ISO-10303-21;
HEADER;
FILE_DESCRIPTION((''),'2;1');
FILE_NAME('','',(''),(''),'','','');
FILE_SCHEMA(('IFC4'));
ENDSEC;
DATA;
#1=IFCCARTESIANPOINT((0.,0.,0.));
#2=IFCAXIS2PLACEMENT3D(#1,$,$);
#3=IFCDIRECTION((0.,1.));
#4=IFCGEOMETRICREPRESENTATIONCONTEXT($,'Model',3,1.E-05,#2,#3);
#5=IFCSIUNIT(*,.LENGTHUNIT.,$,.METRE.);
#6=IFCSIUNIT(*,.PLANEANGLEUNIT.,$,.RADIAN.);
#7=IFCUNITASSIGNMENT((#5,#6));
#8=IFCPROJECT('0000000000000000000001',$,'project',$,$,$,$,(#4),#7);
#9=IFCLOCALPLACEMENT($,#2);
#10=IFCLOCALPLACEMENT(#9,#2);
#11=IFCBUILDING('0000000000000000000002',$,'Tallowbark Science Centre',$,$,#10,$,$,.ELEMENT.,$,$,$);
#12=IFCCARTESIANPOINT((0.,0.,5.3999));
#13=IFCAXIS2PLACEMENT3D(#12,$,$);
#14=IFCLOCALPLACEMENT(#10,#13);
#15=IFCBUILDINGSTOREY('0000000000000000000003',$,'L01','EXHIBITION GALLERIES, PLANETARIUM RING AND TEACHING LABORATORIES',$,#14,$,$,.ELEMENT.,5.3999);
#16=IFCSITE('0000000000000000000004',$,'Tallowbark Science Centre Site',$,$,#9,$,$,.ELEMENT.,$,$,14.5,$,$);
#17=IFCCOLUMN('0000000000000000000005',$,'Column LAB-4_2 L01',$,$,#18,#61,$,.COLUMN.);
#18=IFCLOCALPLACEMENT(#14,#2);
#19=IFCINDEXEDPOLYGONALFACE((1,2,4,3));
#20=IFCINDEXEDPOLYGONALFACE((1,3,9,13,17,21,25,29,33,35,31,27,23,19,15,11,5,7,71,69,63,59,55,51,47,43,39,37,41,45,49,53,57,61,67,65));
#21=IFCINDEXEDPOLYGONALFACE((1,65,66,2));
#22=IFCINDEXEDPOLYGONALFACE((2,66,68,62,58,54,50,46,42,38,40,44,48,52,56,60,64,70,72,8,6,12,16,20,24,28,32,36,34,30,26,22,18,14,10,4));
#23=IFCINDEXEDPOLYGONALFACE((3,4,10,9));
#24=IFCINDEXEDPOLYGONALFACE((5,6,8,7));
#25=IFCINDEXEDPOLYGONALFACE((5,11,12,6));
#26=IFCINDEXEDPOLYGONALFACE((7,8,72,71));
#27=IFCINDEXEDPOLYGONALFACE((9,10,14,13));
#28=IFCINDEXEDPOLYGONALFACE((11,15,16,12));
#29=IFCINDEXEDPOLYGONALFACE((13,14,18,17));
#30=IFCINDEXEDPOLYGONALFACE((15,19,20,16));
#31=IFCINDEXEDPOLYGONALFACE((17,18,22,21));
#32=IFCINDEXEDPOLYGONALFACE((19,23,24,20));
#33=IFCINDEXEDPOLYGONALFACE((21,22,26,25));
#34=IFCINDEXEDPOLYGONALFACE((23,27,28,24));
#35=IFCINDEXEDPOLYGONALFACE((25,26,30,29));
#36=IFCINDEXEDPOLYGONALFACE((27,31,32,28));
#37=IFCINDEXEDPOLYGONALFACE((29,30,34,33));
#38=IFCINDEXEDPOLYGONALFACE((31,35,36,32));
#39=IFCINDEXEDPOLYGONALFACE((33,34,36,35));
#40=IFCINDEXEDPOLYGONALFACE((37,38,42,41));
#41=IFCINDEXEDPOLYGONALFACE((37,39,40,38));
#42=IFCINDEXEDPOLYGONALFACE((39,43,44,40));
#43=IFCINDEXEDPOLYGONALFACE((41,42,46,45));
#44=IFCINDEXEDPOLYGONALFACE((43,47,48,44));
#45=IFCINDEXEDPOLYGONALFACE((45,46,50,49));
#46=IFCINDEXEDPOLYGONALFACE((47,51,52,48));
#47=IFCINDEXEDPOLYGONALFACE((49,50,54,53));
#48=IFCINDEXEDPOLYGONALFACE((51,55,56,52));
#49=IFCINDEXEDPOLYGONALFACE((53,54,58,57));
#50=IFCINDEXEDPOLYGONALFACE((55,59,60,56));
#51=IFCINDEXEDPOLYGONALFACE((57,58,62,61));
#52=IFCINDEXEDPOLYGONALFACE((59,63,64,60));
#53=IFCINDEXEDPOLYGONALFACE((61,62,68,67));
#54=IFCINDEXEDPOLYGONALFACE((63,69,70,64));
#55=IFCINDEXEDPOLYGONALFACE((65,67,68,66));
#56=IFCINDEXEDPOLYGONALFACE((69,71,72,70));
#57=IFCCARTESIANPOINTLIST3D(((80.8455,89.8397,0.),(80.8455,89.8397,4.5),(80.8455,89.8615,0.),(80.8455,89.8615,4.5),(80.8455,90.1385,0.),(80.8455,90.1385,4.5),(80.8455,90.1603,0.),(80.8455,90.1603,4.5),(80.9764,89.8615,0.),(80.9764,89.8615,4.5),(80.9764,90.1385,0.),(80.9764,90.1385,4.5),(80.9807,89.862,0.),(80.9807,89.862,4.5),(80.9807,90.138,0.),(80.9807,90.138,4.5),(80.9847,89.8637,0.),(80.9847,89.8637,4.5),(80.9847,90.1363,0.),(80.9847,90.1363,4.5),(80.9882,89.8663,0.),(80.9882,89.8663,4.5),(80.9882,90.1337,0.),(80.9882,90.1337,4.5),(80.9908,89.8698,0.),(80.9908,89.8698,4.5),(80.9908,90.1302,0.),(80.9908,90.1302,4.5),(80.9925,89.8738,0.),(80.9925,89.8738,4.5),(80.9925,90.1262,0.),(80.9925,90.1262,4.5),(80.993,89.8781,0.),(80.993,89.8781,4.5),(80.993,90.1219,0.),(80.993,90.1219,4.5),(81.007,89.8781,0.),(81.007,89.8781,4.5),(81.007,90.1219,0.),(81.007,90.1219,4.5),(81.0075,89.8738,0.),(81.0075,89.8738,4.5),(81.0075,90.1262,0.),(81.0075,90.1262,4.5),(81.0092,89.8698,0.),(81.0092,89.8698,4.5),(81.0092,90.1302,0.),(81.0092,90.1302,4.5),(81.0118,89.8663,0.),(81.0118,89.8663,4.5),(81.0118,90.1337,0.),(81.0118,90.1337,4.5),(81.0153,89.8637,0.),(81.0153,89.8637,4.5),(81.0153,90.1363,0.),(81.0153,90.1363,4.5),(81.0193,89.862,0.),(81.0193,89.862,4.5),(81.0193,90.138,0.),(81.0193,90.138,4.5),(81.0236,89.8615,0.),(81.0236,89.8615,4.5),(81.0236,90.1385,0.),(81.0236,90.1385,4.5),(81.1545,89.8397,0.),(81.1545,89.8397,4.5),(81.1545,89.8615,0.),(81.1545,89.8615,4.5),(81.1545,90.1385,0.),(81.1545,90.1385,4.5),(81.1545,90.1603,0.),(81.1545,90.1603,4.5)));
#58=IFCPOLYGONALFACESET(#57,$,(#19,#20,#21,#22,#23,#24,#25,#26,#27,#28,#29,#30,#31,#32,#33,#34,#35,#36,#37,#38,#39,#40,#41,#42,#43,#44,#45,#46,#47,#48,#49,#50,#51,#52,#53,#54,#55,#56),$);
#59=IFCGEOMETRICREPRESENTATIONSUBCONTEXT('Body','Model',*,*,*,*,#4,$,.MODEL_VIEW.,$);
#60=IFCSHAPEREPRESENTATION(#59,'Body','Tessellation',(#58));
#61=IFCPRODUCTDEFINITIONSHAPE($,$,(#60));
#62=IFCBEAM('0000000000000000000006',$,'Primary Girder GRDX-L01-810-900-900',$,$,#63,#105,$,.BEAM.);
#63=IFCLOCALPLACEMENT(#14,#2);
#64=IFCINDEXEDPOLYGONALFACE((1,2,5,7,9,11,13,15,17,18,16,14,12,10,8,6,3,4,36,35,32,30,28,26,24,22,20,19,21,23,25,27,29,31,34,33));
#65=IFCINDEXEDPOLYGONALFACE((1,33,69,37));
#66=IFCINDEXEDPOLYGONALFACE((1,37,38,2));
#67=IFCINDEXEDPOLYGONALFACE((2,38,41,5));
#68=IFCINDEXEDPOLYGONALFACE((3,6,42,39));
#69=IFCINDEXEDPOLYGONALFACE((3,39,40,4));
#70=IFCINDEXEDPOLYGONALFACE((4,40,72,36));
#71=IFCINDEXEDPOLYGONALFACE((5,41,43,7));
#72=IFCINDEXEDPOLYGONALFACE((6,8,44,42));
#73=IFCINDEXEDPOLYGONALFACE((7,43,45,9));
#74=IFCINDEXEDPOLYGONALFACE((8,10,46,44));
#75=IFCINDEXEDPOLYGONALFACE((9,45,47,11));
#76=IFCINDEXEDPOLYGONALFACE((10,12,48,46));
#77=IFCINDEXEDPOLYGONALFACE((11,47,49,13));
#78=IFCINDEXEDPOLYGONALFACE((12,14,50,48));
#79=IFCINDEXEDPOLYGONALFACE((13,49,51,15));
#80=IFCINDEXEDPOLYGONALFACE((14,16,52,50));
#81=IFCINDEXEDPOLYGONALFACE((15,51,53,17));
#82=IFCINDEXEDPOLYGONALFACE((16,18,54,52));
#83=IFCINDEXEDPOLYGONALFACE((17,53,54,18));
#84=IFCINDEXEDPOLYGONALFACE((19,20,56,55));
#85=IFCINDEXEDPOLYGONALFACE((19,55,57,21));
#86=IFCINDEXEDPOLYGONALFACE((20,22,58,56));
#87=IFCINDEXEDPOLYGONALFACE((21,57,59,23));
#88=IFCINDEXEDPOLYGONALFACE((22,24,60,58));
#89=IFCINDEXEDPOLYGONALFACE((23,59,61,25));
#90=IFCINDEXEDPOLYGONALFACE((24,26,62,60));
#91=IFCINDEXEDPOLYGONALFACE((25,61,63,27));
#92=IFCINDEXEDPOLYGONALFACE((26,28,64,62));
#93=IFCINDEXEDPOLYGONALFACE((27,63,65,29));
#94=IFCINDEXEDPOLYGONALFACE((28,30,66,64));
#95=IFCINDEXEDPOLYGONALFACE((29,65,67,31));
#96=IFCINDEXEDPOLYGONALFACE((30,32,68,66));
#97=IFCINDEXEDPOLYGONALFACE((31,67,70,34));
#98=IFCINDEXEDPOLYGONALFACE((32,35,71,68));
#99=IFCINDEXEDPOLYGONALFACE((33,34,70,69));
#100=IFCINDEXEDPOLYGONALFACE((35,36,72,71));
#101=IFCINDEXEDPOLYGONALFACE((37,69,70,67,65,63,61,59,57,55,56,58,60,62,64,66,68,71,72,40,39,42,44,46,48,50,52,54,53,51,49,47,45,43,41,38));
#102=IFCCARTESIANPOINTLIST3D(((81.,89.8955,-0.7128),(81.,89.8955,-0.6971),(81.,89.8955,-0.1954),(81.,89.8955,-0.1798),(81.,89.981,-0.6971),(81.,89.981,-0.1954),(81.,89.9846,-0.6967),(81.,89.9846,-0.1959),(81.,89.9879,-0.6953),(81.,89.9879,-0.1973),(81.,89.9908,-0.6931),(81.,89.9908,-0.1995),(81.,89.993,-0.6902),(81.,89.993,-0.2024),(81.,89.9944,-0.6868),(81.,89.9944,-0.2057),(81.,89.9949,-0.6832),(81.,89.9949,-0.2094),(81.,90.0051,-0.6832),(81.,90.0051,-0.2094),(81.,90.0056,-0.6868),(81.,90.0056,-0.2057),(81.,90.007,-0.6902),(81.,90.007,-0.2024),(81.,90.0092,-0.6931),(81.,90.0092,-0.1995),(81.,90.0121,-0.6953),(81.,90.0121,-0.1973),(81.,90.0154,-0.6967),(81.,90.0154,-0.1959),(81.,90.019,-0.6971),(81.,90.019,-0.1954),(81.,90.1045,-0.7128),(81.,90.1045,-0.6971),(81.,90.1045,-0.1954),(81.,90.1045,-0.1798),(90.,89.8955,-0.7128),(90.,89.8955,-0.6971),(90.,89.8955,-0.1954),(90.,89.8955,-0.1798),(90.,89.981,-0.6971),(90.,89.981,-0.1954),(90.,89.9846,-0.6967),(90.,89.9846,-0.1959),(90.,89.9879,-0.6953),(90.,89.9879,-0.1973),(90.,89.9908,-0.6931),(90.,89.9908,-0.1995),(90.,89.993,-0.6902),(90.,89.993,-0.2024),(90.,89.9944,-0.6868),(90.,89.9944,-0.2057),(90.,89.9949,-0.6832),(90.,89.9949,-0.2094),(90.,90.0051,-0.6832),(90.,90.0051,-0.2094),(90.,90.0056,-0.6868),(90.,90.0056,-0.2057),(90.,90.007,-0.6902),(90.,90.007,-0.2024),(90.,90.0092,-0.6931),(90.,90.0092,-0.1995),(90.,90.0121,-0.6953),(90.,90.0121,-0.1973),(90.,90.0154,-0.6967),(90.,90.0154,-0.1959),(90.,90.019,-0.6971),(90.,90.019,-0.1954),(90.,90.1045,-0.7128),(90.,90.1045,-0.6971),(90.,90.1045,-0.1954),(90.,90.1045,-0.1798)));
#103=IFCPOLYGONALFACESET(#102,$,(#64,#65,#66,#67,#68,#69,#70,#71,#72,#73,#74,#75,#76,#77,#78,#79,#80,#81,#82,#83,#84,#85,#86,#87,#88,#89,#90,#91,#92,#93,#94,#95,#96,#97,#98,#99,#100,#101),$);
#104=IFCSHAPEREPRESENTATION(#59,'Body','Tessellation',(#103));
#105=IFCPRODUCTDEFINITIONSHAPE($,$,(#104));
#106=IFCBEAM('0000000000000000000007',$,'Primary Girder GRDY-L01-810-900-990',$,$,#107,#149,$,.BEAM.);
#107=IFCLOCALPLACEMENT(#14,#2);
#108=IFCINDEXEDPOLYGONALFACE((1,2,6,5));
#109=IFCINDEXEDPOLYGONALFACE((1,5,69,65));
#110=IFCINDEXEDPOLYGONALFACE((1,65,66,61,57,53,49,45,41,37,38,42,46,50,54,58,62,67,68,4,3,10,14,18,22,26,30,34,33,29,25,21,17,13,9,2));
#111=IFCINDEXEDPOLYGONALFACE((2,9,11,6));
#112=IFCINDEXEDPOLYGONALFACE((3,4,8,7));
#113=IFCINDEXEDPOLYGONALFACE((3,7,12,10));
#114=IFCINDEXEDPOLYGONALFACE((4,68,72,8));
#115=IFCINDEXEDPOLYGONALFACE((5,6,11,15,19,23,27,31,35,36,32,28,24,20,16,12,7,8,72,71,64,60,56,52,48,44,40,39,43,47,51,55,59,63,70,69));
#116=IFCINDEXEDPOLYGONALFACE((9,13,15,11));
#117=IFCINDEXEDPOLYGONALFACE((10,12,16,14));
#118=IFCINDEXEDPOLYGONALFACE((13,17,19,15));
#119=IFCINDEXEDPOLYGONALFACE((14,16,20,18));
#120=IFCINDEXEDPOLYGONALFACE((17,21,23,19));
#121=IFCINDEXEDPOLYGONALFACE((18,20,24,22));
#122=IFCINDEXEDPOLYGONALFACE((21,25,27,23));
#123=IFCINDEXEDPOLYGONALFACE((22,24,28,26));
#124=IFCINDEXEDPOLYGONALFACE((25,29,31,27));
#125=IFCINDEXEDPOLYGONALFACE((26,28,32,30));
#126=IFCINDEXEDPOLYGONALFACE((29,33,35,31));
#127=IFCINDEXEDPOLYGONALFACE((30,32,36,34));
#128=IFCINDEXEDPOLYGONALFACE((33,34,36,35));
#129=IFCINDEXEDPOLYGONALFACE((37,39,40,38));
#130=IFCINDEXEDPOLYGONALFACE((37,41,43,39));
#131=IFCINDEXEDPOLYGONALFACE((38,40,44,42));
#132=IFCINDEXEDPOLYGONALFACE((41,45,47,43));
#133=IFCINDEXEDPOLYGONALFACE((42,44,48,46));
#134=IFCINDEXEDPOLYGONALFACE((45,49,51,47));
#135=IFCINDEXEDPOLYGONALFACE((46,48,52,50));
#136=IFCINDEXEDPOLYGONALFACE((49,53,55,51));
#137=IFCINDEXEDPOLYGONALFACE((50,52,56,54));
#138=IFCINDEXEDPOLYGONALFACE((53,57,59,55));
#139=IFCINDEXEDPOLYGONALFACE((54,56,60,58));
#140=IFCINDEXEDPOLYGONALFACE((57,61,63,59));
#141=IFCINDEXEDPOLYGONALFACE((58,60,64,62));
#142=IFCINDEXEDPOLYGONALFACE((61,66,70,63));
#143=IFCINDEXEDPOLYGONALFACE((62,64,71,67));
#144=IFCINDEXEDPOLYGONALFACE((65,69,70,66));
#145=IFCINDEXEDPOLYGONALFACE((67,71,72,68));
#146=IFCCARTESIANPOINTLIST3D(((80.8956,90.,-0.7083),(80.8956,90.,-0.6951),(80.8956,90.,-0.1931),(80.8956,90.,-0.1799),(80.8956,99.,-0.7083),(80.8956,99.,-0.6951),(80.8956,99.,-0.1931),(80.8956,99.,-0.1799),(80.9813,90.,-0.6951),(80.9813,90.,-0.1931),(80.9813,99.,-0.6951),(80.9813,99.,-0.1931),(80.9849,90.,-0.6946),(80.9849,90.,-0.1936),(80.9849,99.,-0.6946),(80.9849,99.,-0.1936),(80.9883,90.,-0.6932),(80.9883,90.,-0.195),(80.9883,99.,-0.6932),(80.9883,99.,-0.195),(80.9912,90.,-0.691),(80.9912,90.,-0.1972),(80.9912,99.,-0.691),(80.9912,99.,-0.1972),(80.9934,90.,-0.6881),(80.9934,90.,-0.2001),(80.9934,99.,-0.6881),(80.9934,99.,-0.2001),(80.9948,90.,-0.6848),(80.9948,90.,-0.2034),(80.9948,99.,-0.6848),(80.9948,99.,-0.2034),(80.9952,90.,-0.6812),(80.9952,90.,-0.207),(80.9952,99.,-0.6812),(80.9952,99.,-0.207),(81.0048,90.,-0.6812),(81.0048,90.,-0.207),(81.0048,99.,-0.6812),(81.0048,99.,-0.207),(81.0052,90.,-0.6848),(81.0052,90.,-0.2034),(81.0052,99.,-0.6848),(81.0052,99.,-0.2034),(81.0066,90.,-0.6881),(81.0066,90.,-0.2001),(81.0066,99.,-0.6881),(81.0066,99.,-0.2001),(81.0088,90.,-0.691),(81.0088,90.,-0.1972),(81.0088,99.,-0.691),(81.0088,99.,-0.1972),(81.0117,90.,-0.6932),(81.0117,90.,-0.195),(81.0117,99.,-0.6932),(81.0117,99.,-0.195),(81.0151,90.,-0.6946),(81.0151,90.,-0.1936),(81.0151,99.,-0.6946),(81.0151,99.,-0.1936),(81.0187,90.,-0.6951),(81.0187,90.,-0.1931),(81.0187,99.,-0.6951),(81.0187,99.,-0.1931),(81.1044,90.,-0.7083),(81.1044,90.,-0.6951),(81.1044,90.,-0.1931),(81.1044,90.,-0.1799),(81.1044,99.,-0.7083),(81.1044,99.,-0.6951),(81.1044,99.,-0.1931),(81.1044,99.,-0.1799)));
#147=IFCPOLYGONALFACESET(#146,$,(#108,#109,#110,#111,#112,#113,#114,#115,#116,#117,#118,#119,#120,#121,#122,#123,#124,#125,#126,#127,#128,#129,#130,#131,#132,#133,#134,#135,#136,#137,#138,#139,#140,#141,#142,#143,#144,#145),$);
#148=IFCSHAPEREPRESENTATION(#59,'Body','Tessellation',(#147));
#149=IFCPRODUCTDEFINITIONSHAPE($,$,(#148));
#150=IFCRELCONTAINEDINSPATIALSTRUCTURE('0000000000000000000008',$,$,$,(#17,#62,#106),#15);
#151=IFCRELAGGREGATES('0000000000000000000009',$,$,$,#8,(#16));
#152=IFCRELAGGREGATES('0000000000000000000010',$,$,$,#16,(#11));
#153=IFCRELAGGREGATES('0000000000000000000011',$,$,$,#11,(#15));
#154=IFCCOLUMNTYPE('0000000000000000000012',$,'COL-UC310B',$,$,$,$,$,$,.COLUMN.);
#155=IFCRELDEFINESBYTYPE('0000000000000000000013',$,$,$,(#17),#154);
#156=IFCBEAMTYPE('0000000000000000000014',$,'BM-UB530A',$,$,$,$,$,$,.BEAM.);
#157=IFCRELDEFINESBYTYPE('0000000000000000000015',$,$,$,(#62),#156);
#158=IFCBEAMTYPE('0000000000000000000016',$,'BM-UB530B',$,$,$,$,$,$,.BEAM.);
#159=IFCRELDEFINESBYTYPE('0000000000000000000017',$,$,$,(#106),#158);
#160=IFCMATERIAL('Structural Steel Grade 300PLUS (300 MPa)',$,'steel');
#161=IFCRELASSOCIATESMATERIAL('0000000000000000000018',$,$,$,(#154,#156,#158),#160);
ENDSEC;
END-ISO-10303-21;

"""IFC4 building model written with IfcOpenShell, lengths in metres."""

from ifc_helpers import new_model, si_unit, direction, frame, origin, origin_2d, place, context, subcontext, project, spatial, i_section, extrude, material, material_profile, profile_set, type_object, element, save


model = new_model("IFC4")

# Units and contexts
model_context = context("Model", 3, precision=1e-05, world=origin(), true_north=direction((0.0, 1.0)))
body_context = subcontext(model_context, "Body", "Model", "MODEL_VIEW")
ifc_project = project(units=[si_unit("LENGTHUNIT", "METRE"), si_unit("PLANEANGLEUNIT", "RADIAN")], contexts=[model_context])

# Site, building, storey
site_placement = place(None, origin())
site = spatial("IfcSite", under=ifc_project, at=site_placement, Name="Tallowbark Science Centre Site", CompositionType="ELEMENT", RefElevation=14.5)
building_placement = place(site_placement, origin())
building = spatial("IfcBuilding", under=site, at=building_placement, Name="Tallowbark Science Centre", CompositionType="ELEMENT")
storey_placement = place(building_placement, frame((0.0, 0.0, 5.3999)))
storey = spatial("IfcBuildingStorey", under=building, at=storey_placement, Name="L01", Description="EXHIBITION GALLERIES, PLANETARIUM RING AND TEACHING LABORATORIES", CompositionType="ELEMENT", Elevation=5.3999)

# Column
ifc_material_1 = material(Name="Structural Steel Grade 300PLUS (300 MPa)", Category="steel")
ifc_material_profile_1 = material_profile(ifc_material_1, i_section(OverallWidth=0.3091, OverallDepth=0.3206, WebThickness=0.0139, FlangeThickness=0.0217, FilletRadius=0.0166, at=origin_2d()), Name="310UC137")
ifc_profile_set_1 = profile_set([ifc_material_profile_1], Name="Structural Steel Grade 300PLUS (300 MPa)")
column_type = type_object("IfcColumnType", Name="COL-UC310B", PredefinedType="COLUMN", material=ifc_profile_set_1)
column_placement = place(storey_placement, frame((81.0, 90.0, 0.0), z_axis=(0.0, 0.0, 1.0), x_axis=(1.0, 0.0, 0.0)))
element("IfcColumn", 1, at=column_placement, inside=storey, type_object=column_type, Name="Column LAB-4_2 L01", PredefinedType="COLUMN", context=body_context, shape_type="SweptSolid", body=[
    extrude(i_section(OverallWidth=0.3091, OverallDepth=0.3206, WebThickness=0.0139, FlangeThickness=0.0217, FilletRadius=0.0166, at=origin_2d()), origin(), (0.0, 0.0, 1.0), 4.5),
])

# Beams
ifc_material_profile_2 = material_profile(ifc_material_1, i_section(OverallWidth=0.209, OverallDepth=0.533, WebThickness=0.0103, FlangeThickness=0.0156, FilletRadius=0.0139, at=origin_2d()), Name="530UB92.4")
ifc_profile_set_2 = profile_set([ifc_material_profile_2], Name="Structural Steel Grade 300PLUS (300 MPa)")
beam_type_1 = type_object("IfcBeamType", Name="BM-UB530A", PredefinedType="BEAM", material=ifc_profile_set_2)
beam_1_placement = place(storey_placement, frame((81.0, 90.0, -0.4463), z_axis=(1.0, 0.0, 0.0), x_axis=(0.0, 1.0, 0.0)))
element("IfcBeam", 2, at=beam_1_placement, inside=storey, type_object=beam_type_1, Name="Primary Girder GRDX-L01-810-900-900", PredefinedType="BEAM", context=body_context, shape_type="SweptSolid", body=[
    extrude(i_section(OverallWidth=0.209, OverallDepth=0.533, WebThickness=0.0103, FlangeThickness=0.0156, FilletRadius=0.0139, at=origin_2d()), origin(), (0.0, 0.0, 1.0), 9.0),
])
ifc_material_profile_3 = material_profile(ifc_material_1, i_section(OverallWidth=0.2087, OverallDepth=0.5283, WebThickness=0.0095, FlangeThickness=0.0132, FilletRadius=0.0139, at=origin_2d()), Name="530UB82.0")
ifc_profile_set_3 = profile_set([ifc_material_profile_3], Name="Structural Steel Grade 300PLUS (300 MPa)")
beam_type_2 = type_object("IfcBeamType", Name="BM-UB530B", PredefinedType="BEAM", material=ifc_profile_set_3)
beam_2_placement = place(storey_placement, frame((81.0, 90.0, -0.4441), z_axis=(0.0, 1.0, 0.0), x_axis=(-1.0, 0.0, 0.0)))
element("IfcBeam", 3, at=beam_2_placement, inside=storey, type_object=beam_type_2, Name="Primary Girder GRDY-L01-810-900-990", PredefinedType="BEAM", context=body_context, shape_type="SweptSolid", body=[
    extrude(i_section(OverallWidth=0.2087, OverallDepth=0.5283, WebThickness=0.0095, FlangeThickness=0.0132, FilletRadius=0.0139, at=origin_2d()), origin(), (0.0, 0.0, 1.0), 9.0),
])

save(model, "model.ifc")
